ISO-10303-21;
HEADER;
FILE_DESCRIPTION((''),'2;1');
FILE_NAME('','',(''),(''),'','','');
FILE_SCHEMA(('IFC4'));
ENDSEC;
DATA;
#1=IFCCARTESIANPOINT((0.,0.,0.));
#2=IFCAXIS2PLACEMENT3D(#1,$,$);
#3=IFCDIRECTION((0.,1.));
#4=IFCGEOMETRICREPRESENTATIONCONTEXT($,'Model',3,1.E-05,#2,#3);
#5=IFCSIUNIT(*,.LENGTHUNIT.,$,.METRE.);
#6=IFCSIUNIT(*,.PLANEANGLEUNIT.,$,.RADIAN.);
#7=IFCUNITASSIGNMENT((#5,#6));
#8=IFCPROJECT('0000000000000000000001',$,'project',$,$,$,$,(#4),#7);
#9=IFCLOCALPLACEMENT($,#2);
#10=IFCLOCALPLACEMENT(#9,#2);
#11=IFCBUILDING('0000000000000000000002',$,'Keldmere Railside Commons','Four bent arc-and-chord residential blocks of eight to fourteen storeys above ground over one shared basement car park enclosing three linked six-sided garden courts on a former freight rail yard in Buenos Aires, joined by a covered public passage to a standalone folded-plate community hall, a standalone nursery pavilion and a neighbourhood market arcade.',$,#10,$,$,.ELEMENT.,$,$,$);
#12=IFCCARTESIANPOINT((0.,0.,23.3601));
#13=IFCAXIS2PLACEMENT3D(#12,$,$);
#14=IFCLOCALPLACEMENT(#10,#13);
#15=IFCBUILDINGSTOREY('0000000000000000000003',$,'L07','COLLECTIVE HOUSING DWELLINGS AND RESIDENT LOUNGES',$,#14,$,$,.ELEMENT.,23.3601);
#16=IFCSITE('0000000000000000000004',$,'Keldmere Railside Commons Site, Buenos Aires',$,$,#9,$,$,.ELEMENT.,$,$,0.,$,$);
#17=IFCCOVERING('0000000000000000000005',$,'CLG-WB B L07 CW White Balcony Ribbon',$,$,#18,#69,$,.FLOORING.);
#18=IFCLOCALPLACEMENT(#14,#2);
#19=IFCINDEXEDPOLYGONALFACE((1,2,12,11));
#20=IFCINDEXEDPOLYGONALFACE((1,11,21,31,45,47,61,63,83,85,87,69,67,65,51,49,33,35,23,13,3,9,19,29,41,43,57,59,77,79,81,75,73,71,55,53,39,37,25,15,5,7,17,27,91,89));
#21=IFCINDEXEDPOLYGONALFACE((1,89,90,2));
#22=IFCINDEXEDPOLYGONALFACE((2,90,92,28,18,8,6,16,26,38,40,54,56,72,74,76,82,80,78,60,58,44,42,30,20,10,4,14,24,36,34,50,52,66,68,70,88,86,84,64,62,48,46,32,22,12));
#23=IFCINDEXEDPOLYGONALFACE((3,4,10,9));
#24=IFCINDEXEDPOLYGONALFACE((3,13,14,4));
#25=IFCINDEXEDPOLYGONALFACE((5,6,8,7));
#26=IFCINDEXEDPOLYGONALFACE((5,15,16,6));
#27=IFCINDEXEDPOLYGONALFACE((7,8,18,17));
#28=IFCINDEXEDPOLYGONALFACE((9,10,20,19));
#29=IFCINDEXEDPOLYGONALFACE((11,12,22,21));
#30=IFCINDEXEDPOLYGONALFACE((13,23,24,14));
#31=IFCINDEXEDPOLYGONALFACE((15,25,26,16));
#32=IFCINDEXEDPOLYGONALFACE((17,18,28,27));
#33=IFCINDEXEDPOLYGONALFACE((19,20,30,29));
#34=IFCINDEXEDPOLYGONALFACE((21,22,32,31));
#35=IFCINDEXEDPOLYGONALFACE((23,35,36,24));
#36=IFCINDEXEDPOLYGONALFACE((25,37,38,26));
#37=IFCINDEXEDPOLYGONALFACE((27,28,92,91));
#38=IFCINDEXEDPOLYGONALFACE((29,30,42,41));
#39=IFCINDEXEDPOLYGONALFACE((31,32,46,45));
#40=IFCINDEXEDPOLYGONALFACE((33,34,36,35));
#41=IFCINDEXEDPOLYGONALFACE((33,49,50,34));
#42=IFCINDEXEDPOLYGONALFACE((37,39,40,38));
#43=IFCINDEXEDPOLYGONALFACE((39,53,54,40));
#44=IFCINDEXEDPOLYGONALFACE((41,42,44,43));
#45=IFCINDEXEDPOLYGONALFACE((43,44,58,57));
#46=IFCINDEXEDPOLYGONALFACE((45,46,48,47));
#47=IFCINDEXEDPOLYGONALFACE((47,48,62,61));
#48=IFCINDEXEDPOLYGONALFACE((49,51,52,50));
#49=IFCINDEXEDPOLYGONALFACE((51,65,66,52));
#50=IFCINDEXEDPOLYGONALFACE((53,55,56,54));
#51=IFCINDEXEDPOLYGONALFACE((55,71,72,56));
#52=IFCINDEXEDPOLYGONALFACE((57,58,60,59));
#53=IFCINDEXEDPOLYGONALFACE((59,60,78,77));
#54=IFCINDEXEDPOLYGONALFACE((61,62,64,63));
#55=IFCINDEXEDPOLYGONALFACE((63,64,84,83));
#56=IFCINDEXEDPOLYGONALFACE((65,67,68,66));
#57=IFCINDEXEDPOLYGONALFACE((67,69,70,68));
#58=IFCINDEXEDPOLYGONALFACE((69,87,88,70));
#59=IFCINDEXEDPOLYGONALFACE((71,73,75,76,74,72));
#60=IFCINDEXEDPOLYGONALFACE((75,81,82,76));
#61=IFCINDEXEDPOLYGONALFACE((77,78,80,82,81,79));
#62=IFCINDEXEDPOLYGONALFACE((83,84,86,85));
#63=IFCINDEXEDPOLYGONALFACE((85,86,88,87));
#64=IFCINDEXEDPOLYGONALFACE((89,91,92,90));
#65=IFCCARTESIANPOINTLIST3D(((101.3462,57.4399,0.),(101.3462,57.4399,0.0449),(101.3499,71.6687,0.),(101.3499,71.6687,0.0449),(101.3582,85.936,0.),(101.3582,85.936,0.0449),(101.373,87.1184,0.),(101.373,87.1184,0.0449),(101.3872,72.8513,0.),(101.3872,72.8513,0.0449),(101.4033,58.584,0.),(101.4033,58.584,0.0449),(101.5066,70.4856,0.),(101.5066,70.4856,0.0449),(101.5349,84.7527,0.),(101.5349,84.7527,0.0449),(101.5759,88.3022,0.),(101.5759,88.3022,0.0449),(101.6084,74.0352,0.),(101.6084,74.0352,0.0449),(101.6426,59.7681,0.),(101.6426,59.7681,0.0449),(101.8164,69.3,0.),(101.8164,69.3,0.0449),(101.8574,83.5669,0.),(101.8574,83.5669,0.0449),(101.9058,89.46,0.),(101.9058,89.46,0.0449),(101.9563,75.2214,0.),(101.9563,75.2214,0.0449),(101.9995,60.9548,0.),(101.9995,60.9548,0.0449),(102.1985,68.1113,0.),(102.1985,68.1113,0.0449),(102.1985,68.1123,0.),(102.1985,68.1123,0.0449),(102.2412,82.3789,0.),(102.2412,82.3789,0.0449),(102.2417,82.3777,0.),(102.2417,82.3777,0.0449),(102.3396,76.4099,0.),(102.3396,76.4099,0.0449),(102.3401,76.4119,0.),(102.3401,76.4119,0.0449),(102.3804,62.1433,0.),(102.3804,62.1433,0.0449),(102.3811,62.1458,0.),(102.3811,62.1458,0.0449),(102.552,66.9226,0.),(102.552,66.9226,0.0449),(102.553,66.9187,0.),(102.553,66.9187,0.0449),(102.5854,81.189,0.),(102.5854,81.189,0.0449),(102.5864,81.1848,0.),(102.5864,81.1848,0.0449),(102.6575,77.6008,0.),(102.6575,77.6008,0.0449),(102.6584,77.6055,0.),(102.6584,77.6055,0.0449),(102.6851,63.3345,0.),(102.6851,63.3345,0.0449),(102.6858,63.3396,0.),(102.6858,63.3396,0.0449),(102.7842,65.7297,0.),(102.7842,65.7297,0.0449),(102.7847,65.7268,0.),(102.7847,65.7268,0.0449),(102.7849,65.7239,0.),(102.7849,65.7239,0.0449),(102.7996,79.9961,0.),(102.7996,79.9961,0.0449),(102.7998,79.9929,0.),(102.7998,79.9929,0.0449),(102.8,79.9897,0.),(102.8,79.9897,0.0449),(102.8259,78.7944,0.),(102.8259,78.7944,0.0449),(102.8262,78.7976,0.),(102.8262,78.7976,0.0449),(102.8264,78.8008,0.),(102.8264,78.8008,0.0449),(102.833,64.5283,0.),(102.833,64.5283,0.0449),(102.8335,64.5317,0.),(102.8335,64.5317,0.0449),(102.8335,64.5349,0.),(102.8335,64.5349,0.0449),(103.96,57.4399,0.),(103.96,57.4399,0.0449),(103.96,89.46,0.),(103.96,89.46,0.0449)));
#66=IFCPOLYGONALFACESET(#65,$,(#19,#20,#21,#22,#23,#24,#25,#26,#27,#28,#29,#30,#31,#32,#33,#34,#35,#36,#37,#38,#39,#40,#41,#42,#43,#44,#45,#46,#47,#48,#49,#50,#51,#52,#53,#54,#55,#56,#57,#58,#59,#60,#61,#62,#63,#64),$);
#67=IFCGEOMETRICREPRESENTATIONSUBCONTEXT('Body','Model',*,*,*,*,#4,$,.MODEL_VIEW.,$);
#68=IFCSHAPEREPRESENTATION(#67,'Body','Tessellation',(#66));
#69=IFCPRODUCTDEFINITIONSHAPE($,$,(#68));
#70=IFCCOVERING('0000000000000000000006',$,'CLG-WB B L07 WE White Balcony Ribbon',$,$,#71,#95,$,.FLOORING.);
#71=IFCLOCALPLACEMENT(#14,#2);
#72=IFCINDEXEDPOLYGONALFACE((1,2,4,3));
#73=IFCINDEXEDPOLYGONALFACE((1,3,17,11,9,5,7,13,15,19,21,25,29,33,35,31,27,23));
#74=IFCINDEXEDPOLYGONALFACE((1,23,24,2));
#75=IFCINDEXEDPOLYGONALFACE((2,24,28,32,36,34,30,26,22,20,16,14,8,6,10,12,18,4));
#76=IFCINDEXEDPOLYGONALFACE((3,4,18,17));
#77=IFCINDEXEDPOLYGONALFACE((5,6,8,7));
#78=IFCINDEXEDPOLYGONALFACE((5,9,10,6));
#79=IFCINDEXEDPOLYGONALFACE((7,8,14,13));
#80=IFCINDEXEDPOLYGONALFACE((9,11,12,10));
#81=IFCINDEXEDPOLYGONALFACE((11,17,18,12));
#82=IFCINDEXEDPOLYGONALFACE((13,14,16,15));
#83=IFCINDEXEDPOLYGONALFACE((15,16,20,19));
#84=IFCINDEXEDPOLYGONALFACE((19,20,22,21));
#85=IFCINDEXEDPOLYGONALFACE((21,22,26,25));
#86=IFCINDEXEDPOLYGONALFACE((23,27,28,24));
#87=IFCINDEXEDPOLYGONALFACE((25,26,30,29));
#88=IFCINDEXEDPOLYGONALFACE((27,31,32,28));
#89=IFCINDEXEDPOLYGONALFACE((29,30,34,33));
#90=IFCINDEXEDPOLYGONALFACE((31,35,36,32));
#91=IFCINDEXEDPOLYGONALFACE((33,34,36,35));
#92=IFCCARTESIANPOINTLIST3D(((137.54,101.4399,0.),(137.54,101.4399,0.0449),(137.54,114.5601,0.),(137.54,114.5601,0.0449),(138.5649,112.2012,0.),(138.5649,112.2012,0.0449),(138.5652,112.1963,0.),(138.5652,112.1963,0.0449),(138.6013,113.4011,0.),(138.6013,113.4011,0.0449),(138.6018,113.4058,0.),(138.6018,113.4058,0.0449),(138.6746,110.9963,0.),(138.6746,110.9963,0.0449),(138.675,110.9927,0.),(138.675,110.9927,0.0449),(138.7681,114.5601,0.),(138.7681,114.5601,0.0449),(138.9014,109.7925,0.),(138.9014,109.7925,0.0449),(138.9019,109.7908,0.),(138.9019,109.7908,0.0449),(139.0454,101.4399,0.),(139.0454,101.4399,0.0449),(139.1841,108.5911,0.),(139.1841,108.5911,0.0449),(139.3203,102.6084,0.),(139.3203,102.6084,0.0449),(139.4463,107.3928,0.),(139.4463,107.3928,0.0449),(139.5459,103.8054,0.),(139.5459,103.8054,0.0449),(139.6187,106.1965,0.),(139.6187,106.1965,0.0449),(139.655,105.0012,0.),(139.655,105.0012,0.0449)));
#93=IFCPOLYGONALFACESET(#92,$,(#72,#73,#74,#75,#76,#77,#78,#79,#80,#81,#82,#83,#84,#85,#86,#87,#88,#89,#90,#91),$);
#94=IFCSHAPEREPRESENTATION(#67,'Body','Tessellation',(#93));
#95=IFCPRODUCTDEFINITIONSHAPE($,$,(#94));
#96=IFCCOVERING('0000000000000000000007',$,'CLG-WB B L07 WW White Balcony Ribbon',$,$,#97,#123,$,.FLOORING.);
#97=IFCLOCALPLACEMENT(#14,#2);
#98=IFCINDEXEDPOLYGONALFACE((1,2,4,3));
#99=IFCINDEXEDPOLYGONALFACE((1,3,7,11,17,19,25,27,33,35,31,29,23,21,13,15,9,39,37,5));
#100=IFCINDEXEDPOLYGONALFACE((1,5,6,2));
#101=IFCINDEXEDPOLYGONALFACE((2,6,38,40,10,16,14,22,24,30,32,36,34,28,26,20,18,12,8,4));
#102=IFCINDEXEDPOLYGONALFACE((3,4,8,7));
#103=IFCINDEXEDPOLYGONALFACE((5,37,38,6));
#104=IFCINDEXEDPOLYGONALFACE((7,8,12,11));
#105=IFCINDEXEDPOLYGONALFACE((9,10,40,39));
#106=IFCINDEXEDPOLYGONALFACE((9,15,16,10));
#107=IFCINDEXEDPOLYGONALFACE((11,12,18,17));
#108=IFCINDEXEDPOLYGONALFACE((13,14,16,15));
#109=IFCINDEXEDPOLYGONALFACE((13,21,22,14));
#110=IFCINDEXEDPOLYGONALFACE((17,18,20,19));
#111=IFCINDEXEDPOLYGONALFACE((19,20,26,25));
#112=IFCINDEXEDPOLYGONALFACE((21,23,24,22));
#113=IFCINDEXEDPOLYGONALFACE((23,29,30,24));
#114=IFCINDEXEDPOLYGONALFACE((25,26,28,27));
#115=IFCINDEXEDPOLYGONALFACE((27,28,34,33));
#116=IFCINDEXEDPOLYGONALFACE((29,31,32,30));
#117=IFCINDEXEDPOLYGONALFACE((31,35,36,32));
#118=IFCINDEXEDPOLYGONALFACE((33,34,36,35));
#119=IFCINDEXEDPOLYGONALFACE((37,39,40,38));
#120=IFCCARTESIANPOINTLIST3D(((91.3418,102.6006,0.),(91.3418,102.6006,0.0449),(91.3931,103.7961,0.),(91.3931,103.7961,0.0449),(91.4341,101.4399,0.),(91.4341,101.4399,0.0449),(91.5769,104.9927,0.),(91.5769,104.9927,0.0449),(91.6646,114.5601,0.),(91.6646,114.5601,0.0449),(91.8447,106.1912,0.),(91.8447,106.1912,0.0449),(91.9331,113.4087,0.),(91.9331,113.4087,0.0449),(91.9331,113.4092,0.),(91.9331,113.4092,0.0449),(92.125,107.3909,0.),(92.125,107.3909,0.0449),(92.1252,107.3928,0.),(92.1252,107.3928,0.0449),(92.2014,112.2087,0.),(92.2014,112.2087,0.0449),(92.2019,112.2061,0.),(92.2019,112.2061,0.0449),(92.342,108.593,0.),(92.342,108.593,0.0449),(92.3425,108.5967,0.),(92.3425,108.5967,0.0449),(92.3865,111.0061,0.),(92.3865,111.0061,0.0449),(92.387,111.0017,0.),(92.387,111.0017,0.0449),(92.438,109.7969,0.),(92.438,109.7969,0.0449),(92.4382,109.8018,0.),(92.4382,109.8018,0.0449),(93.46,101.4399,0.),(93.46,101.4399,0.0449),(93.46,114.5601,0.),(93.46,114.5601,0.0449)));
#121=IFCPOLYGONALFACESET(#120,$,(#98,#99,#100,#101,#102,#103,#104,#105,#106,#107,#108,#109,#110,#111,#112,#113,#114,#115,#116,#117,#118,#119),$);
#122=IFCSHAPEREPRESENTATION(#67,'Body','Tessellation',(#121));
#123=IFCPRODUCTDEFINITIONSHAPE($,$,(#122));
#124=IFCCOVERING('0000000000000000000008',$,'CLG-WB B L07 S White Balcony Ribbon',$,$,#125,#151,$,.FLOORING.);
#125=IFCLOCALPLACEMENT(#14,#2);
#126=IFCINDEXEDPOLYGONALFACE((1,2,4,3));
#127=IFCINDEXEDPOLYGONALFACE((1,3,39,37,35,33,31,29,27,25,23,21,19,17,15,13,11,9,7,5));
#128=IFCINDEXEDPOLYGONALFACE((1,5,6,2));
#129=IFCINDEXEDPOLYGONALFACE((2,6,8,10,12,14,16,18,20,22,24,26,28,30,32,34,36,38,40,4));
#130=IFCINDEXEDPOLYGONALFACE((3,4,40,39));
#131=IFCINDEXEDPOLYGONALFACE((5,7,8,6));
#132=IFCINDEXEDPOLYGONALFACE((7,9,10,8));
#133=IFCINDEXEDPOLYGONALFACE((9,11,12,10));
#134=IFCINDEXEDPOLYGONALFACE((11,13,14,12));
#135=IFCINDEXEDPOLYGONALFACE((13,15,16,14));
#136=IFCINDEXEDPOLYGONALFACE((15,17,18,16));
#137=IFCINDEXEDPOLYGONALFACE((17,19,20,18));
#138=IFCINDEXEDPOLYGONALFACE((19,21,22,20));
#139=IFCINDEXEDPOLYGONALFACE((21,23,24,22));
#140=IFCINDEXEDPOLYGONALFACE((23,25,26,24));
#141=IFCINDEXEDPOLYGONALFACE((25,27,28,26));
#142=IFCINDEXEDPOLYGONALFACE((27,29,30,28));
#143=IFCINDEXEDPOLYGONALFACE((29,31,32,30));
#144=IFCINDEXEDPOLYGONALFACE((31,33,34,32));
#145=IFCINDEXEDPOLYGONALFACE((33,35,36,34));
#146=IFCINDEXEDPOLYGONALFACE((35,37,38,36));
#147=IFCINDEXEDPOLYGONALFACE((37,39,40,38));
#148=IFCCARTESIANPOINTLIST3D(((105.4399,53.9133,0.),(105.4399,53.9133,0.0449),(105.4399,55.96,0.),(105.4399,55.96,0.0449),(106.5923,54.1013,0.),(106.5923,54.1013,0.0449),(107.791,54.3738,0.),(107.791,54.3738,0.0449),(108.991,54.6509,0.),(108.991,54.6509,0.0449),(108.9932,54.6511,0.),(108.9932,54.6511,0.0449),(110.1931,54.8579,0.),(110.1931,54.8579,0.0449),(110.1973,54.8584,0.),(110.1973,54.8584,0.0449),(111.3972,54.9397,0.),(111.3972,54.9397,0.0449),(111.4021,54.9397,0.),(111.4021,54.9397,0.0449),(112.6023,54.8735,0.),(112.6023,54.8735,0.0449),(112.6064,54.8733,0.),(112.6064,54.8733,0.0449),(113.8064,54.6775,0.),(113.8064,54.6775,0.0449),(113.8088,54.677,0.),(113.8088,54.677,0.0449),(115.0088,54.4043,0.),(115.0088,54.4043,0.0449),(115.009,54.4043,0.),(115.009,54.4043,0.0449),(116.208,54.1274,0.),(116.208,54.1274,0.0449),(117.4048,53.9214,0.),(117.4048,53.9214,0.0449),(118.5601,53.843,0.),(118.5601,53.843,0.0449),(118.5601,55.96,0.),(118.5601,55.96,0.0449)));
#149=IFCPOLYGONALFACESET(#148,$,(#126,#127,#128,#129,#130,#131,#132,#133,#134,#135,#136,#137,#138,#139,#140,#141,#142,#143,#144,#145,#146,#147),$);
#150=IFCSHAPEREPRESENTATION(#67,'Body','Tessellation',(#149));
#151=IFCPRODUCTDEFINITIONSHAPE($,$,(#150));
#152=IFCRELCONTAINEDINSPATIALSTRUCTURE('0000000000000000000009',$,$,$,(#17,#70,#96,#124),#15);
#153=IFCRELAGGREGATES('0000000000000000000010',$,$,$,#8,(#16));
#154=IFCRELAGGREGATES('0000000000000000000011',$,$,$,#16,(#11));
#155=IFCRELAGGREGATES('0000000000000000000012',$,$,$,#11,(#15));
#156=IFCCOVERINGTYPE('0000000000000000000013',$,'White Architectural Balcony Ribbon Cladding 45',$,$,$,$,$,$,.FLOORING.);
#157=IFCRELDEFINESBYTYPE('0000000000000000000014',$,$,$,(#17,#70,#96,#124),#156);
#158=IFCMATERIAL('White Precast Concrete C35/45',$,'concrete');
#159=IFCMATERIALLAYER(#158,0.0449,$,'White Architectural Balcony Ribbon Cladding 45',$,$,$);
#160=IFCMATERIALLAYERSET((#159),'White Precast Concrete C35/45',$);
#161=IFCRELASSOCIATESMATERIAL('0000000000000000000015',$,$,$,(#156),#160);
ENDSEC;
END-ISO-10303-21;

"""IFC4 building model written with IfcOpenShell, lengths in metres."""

from ifc_helpers import new_model, si_unit, direction, frame, origin, place, context, subcontext, project, spatial, polyline, outline, extrude, material, layer, layer_set, type_object, element, save


model = new_model("IFC4")

# Units and contexts
model_context = context("Model", 3, precision=1e-05, world=origin(), true_north=direction((0.0, 1.0)))
body_context = subcontext(model_context, "Body", "Model", "MODEL_VIEW")
ifc_project = project(units=[si_unit("LENGTHUNIT", "METRE"), si_unit("PLANEANGLEUNIT", "RADIAN")], contexts=[model_context])

# Site, building, storey
site_placement = place(None, origin())
site = spatial("IfcSite", under=ifc_project, at=site_placement, Name="Keldmere Railside Commons Site, Buenos Aires", CompositionType="ELEMENT", RefElevation=0.0)
building_placement = place(site_placement, origin())
building = spatial("IfcBuilding", under=site, at=building_placement, Name="Keldmere Railside Commons", Description="Four bent arc-and-chord residential blocks of eight to fourteen storeys above ground over one shared basement car park enclosing three linked six-sided garden courts on a former freight rail yard in Buenos Aires, joined by a covered public passage to a standalone folded-plate community hall, a standalone nursery pavilion and a neighbourhood market arcade.", CompositionType="ELEMENT")
storey_placement = place(building_placement, frame((0.0, 0.0, 23.3601)))
storey = spatial("IfcBuildingStorey", under=building, at=storey_placement, Name="L07", Description="COLLECTIVE HOUSING DWELLINGS AND RESIDENT LOUNGES", CompositionType="ELEMENT", Elevation=23.3601)

# Coverings
ifc_material_1 = material(Name="White Precast Concrete C35/45", Category="concrete")
ifc_layer_1 = layer(ifc_material_1, 0.0449, Name="White Architectural Balcony Ribbon Cladding 45")
ifc_layer_set_1 = layer_set([ifc_layer_1], Name="White Precast Concrete C35/45")
covering_type = type_object("IfcCoveringType", Name="White Architectural Balcony Ribbon Cladding 45", PredefinedType="FLOORING", material=ifc_layer_set_1)
covering_1_placement = place(storey_placement, origin())
element("IfcCovering", 1, at=covering_1_placement, inside=storey, type_object=covering_type, Name="CLG-WB B L07 CW White Balcony Ribbon", PredefinedType="FLOORING", context=body_context, shape_type="SweptSolid", body=[
    extrude(outline(polyline([(103.96, 89.46), (101.9058, 89.46), (101.5759, 88.3022), (101.373, 87.1184), (101.3582, 85.936), (101.5349, 84.7527), (101.8574, 83.5669), (102.2412, 82.3789), (102.2417, 82.3777), (102.5854, 81.189), (102.5864, 81.1848), (102.7996, 79.9961), (102.7998, 79.9929), (102.8, 79.9897), (102.8264, 78.8008), (102.8262, 78.7976), (102.8259, 78.7944), (102.6584, 77.6055), (102.6575, 77.6008), (102.3401, 76.4119), (102.3396, 76.4099), (101.9563, 75.2214), (101.6084, 74.0352), (101.3872, 72.8513), (101.3499, 71.6687), (101.5066, 70.4856), (101.8164, 69.3), (102.1985, 68.1123), (102.1985, 68.1113), (102.552, 66.9226), (102.553, 66.9187), (102.7842, 65.7297), (102.7847, 65.7268), (102.7849, 65.7239), (102.8335, 64.5349), (102.8335, 64.5317), (102.833, 64.5283), (102.6858, 63.3396), (102.6851, 63.3345), (102.3811, 62.1458), (102.3804, 62.1433), (101.9995, 60.9548), (101.6426, 59.7681), (101.4033, 58.584), (101.3462, 57.4399), (103.96, 57.4399), (103.96, 89.46)])), origin(), (0.0, 0.0, 1.0), 0.0449),
])
covering_2_placement = place(storey_placement, origin())
element("IfcCovering", 2, at=covering_2_placement, inside=storey, type_object=covering_type, Name="CLG-WB B L07 WE White Balcony Ribbon", PredefinedType="FLOORING", context=body_context, shape_type="SweptSolid", body=[
    extrude(outline(polyline([(139.3203, 102.6084), (139.5459, 103.8054), (139.655, 105.0012), (139.6187, 106.1965), (139.4463, 107.3928), (139.1841, 108.5911), (138.9019, 109.7908), (138.9014, 109.7925), (138.675, 110.9927), (138.6746, 110.9963), (138.5652, 112.1963), (138.5649, 112.2012), (138.6013, 113.4011), (138.6018, 113.4058), (138.7681, 114.5601), (137.54, 114.5601), (137.54, 101.4399), (139.0454, 101.4399), (139.3203, 102.6084)])), origin(), (0.0, 0.0, 1.0), 0.0449),
])
covering_3_placement = place(storey_placement, origin())
element("IfcCovering", 3, at=covering_3_placement, inside=storey, type_object=covering_type, Name="CLG-WB B L07 WW White Balcony Ribbon", PredefinedType="FLOORING", context=body_context, shape_type="SweptSolid", body=[
    extrude(outline(polyline([(93.46, 114.5601), (91.6646, 114.5601), (91.9331, 113.4092), (91.9331, 113.4087), (92.2014, 112.2087), (92.2019, 112.2061), (92.3865, 111.0061), (92.387, 111.0017), (92.4382, 109.8018), (92.438, 109.7969), (92.3425, 108.5967), (92.342, 108.593), (92.1252, 107.3928), (92.125, 107.3909), (91.8447, 106.1912), (91.5769, 104.9927), (91.3931, 103.7961), (91.3418, 102.6006), (91.4341, 101.4399), (93.46, 101.4399), (93.46, 114.5601)])), origin(), (0.0, 0.0, 1.0), 0.0449),
])
covering_4_placement = place(storey_placement, origin())
element("IfcCovering", 4, at=covering_4_placement, inside=storey, type_object=covering_type, Name="CLG-WB B L07 S White Balcony Ribbon", PredefinedType="FLOORING", context=body_context, shape_type="SweptSolid", body=[
    extrude(outline(polyline([(106.5923, 54.1013), (107.791, 54.3738), (108.991, 54.6509), (108.9932, 54.6511), (110.1931, 54.8579), (110.1973, 54.8584), (111.3972, 54.9397), (111.4021, 54.9397), (112.6023, 54.8735), (112.6064, 54.8733), (113.8064, 54.6775), (113.8088, 54.677), (115.0088, 54.4043), (115.009, 54.4043), (116.208, 54.1274), (117.4048, 53.9214), (118.5601, 53.843), (118.5601, 55.96), (105.4399, 55.96), (105.4399, 53.9133), (106.5923, 54.1013)])), origin(), (0.0, 0.0, 1.0), 0.0449),
])

save(model, "model.ifc")
